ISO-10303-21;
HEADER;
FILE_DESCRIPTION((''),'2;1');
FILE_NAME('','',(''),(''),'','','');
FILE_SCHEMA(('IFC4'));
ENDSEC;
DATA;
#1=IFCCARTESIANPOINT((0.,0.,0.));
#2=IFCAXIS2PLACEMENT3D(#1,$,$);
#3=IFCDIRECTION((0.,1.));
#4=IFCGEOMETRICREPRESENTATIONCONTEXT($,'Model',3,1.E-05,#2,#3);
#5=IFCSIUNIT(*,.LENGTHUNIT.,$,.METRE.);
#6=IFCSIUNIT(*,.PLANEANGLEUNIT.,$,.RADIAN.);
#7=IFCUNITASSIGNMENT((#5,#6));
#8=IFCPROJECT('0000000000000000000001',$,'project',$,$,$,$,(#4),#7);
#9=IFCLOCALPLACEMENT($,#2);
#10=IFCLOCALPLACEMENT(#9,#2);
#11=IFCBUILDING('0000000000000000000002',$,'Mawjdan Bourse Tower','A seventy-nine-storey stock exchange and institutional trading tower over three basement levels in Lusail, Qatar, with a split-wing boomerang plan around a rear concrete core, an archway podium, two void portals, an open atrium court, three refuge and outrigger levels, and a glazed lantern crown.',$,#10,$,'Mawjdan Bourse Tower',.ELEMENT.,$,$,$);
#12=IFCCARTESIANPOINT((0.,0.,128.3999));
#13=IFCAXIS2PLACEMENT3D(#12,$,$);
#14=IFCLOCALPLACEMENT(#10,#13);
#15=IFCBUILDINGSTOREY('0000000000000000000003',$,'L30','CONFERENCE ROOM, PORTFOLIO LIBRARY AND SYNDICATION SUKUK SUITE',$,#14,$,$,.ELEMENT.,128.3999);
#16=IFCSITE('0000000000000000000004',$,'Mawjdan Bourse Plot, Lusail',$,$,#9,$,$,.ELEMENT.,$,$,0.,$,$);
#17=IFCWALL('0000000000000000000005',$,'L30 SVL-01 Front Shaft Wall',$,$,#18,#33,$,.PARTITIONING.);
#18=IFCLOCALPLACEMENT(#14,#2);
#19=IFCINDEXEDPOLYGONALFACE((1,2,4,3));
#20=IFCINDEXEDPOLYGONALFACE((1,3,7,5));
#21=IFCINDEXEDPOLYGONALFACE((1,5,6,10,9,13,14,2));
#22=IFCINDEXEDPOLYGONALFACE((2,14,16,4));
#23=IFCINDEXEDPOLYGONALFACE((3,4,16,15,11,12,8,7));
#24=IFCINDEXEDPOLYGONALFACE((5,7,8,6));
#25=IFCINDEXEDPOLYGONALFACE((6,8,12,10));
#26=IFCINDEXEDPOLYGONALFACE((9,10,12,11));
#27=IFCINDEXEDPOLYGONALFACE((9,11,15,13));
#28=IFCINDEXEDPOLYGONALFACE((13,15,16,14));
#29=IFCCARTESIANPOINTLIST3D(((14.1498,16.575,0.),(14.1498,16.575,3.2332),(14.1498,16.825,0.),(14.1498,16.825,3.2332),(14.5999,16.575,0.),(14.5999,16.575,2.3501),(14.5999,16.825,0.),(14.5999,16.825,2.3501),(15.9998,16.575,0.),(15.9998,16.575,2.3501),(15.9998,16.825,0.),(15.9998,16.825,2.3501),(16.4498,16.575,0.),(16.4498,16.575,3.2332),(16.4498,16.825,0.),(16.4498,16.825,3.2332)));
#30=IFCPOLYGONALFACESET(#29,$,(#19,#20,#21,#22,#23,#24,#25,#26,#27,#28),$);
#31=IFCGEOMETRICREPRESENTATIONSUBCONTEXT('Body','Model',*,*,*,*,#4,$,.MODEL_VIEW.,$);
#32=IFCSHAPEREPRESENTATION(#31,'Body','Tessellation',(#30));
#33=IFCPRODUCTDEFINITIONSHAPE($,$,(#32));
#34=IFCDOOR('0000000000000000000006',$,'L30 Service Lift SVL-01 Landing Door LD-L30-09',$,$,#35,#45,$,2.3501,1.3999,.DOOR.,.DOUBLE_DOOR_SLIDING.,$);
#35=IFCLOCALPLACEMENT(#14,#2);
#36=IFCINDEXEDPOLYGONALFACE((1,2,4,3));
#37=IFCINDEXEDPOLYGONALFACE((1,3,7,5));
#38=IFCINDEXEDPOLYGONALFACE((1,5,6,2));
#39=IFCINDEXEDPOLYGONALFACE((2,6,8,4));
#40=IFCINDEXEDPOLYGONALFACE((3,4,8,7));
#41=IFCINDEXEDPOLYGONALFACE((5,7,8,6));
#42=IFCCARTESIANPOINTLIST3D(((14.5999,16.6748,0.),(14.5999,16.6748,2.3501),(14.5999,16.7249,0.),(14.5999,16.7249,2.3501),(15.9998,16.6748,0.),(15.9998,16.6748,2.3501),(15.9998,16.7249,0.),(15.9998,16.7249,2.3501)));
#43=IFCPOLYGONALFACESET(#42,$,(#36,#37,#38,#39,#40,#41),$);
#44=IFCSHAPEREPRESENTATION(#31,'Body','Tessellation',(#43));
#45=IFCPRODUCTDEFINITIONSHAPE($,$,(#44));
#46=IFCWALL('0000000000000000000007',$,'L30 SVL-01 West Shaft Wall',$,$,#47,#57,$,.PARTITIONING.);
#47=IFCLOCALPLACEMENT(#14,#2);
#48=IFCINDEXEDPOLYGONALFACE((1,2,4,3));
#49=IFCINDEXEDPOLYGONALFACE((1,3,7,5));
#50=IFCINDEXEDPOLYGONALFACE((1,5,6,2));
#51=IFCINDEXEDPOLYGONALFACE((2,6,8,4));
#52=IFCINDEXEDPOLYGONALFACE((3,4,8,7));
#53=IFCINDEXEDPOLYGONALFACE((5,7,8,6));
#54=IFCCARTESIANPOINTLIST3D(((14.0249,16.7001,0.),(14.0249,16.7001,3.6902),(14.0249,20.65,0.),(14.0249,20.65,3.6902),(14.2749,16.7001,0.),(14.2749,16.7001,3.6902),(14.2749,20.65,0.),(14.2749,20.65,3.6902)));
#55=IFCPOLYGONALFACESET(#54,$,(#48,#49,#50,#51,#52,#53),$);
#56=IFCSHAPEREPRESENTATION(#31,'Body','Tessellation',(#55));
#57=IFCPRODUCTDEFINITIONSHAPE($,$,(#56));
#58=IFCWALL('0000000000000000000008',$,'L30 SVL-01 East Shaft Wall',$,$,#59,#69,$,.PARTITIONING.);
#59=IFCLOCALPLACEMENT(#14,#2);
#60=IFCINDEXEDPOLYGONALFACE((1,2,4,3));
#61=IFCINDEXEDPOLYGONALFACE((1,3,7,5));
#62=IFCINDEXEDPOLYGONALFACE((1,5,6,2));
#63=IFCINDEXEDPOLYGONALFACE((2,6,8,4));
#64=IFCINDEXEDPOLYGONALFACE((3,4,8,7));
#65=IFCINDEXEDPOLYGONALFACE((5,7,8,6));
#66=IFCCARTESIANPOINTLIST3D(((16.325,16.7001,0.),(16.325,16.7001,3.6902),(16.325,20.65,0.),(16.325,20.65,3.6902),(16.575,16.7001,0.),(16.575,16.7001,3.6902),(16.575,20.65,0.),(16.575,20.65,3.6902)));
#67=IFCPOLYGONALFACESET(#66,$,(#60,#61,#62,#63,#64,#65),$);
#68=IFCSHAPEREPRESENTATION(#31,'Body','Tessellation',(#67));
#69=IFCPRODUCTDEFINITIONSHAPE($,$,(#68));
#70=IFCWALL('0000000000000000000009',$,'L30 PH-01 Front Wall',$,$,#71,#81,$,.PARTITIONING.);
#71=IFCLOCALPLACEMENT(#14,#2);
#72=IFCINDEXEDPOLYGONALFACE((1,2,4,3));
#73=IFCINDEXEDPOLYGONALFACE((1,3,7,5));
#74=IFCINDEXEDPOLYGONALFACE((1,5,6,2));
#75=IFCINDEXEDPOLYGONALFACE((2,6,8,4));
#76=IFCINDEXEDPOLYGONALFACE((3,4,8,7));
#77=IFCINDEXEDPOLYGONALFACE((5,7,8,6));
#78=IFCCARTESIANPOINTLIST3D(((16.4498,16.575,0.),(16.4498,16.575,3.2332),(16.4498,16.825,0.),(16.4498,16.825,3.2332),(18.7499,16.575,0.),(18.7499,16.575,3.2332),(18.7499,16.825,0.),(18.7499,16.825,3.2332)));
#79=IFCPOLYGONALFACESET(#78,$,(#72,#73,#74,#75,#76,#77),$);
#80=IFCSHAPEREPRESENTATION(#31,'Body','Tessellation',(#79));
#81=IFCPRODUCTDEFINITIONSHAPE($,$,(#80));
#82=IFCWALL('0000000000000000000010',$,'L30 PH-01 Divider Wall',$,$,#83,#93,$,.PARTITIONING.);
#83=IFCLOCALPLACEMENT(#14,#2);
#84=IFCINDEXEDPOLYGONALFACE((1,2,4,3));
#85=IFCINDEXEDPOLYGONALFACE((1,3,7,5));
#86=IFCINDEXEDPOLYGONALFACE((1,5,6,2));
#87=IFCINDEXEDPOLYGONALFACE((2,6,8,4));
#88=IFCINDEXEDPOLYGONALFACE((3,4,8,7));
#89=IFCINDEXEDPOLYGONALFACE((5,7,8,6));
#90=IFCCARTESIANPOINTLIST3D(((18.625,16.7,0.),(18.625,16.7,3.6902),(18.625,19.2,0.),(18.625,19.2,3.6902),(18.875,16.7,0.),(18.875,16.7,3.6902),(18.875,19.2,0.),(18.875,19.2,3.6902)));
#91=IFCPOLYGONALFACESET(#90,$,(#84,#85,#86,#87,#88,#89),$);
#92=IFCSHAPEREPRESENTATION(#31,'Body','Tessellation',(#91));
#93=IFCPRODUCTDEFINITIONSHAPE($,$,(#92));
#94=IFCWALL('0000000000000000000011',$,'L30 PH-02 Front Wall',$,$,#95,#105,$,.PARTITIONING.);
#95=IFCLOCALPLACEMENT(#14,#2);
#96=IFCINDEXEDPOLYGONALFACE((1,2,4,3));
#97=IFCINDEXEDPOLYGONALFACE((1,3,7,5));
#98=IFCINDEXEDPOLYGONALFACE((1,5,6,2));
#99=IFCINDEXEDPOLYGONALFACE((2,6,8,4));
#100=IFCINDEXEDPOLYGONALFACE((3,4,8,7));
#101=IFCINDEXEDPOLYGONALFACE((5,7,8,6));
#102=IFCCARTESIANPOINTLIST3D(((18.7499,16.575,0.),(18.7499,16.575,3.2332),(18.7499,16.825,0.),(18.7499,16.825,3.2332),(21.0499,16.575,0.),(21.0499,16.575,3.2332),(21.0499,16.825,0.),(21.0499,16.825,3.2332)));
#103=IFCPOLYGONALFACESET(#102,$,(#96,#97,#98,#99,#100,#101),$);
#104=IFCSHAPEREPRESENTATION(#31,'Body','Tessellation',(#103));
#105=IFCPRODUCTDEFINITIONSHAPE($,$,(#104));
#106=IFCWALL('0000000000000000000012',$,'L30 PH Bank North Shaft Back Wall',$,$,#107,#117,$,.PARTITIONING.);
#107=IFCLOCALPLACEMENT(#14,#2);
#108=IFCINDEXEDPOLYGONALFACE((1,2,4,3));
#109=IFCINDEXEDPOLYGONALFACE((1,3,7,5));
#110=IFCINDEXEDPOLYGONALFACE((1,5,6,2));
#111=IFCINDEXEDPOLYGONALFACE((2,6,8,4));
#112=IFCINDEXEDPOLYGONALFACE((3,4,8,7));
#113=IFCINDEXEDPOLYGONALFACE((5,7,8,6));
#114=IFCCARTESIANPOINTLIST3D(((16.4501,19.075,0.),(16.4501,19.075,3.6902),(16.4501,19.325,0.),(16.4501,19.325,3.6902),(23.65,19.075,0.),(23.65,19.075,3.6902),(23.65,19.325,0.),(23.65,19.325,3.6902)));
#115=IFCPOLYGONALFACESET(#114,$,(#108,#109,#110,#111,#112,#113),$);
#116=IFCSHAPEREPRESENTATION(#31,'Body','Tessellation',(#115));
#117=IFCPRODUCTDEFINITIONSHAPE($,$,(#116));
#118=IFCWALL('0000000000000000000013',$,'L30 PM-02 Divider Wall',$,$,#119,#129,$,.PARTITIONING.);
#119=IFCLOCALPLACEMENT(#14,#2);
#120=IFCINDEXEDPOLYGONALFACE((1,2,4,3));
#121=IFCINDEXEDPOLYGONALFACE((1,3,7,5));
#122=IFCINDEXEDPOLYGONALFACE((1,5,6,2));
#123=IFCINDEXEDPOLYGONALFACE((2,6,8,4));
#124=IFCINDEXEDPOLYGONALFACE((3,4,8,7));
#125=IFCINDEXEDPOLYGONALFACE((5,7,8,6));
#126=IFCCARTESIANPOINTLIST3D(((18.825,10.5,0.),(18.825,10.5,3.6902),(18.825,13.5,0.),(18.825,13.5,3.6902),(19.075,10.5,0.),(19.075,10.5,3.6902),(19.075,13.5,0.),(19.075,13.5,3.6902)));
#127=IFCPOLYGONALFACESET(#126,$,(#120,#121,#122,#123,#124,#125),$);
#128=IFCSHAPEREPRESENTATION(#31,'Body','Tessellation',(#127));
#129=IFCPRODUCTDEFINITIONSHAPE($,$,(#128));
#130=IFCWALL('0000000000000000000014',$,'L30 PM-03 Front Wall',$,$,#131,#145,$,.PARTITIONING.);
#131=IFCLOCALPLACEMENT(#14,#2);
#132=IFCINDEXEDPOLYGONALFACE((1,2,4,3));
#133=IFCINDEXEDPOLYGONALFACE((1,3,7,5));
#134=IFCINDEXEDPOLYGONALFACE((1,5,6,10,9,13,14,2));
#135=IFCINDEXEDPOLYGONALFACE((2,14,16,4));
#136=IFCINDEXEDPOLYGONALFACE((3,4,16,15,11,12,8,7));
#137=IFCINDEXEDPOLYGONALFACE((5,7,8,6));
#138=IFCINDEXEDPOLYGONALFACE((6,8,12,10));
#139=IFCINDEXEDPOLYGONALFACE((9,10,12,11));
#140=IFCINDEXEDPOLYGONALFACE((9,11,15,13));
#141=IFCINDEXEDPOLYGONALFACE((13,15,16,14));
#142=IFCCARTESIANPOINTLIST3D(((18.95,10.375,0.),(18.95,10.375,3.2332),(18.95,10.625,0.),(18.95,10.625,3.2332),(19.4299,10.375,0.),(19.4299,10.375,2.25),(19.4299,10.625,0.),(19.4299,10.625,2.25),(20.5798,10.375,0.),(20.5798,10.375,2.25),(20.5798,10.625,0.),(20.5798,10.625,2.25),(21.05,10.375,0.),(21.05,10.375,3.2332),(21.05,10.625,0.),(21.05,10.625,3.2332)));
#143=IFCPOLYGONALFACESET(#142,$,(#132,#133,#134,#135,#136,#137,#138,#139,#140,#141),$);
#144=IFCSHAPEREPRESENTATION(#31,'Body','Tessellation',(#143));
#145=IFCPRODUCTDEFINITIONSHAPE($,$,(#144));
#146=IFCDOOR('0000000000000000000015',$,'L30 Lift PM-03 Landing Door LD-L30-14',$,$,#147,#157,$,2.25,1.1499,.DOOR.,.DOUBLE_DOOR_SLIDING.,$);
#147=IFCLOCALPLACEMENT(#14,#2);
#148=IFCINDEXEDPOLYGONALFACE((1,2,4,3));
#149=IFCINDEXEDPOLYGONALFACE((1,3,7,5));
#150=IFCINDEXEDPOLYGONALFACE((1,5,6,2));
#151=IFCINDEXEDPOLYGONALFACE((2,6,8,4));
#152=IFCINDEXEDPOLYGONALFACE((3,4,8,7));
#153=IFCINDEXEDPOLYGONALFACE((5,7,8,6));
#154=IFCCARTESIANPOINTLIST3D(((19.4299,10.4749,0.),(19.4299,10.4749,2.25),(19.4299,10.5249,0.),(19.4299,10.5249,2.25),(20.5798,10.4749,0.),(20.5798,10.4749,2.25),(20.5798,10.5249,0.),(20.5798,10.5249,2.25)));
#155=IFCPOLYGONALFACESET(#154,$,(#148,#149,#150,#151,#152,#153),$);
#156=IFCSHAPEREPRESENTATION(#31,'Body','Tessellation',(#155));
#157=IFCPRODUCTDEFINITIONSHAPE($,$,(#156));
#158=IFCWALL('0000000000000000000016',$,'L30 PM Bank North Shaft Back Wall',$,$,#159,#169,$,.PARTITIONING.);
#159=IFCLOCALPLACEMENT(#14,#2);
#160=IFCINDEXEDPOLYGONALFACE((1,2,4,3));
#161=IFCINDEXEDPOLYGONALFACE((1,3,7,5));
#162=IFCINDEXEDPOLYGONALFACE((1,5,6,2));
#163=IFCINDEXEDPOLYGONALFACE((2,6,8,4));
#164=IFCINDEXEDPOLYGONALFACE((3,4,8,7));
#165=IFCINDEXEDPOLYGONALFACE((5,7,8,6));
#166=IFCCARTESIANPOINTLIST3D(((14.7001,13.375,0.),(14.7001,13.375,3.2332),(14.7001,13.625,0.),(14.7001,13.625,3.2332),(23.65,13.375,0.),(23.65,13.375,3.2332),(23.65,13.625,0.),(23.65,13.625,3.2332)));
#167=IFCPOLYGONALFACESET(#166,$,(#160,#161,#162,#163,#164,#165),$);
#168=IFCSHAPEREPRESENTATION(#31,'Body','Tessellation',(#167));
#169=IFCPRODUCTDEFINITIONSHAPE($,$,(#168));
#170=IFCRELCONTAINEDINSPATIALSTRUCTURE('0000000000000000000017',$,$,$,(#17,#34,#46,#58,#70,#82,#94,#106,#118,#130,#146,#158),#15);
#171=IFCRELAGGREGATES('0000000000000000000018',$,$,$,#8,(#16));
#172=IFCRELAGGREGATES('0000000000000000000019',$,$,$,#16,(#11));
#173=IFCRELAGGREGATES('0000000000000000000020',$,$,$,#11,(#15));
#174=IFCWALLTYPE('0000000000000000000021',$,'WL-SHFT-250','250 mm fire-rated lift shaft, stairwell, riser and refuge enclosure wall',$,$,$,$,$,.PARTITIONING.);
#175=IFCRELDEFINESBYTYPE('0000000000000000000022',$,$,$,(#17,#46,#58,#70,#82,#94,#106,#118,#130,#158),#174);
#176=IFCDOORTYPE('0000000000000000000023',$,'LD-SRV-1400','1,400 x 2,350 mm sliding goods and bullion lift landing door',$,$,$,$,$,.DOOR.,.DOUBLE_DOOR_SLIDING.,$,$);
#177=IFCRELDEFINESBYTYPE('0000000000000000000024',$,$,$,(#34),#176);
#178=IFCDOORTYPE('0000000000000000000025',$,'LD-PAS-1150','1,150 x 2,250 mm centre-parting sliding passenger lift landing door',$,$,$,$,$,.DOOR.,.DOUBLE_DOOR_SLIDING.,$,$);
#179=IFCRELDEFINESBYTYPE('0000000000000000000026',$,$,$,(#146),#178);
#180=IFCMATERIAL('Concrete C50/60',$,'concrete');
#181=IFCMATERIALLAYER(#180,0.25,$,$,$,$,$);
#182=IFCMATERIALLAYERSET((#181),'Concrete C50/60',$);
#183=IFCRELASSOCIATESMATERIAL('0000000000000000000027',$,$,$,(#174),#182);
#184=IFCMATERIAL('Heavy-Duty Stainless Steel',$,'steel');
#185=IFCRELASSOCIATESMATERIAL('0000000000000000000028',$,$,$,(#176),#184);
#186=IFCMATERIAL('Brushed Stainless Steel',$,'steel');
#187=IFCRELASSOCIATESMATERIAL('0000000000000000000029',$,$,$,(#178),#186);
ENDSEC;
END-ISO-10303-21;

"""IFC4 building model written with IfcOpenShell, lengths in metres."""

from ifc_helpers import new_model, si_unit, direction, frame, frame_2d, origin, place, context, subcontext, project, spatial, rectangle, extrude, material, layer, layer_set, type_object, element, fill, save


model = new_model("IFC4")

# Units and contexts
model_context = context("Model", 3, precision=1e-05, world=origin(), true_north=direction((0.0, 1.0)))
body_context = subcontext(model_context, "Body", "Model", "MODEL_VIEW")
ifc_project = project(units=[si_unit("LENGTHUNIT", "METRE"), si_unit("PLANEANGLEUNIT", "RADIAN")], contexts=[model_context])

# Site, building, storey
site_placement = place(None, origin())
site = spatial("IfcSite", under=ifc_project, at=site_placement, Name="Mawjdan Bourse Plot, Lusail", CompositionType="ELEMENT", RefElevation=0.0)
building_placement = place(site_placement, origin())
building = spatial("IfcBuilding", under=site, at=building_placement, Name="Mawjdan Bourse Tower", Description="A seventy-nine-storey stock exchange and institutional trading tower over three basement levels in Lusail, Qatar, with a split-wing boomerang plan around a rear concrete core, an archway podium, two void portals, an open atrium court, three refuge and outrigger levels, and a glazed lantern crown.", LongName="Mawjdan Bourse Tower", CompositionType="ELEMENT")
storey_placement = place(building_placement, frame((0.0, 0.0, 128.3999)))
storey = spatial("IfcBuildingStorey", under=building, at=storey_placement, Name="L30", Description="CONFERENCE ROOM, PORTFOLIO LIBRARY AND SYNDICATION SUKUK SUITE", CompositionType="ELEMENT", Elevation=128.3999)

# Shared definitions
ifc_material_1 = material(Name="Concrete C50/60", Category="concrete")
ifc_layer_1 = layer(ifc_material_1, 0.25)
ifc_layer_set_1 = layer_set([ifc_layer_1], Name="Concrete C50/60")
wall_type_1 = type_object("IfcWallType", Name="WL-SHFT-250", Description="250 mm fire-rated lift shaft, stairwell, riser and refuge enclosure wall", PredefinedType="PARTITIONING", material=ifc_layer_set_1)

# Wall, opening, door
wall_1_placement = place(storey_placement, frame((14.1499, 16.7, 0.0), z_axis=(0.0, 0.0, 1.0), x_axis=(1.0, 0.0, 0.0)))
wall_1 = element("IfcWall", 1, at=wall_1_placement, inside=storey, type_object=wall_type_1, Name="L30 SVL-01 Front Shaft Wall", PredefinedType="PARTITIONING", context=body_context, shape_type="SweptSolid", body=[
    extrude(rectangle(XDim=2.3, YDim=0.25, at=frame_2d((1.1499, 0.0))), origin(), (0.0, 0.0, 1.0), 3.2332),
])
opening_1_placement = place(wall_1_placement, frame((0.45, 0.0, 0.0)))
opening_1 = element("IfcOpeningElement", 2, at=opening_1_placement, cuts=wall_1, PredefinedType="OPENING", context=body_context, shape_type="SweptSolid", body=[
    extrude(rectangle(XDim=1.3999, YDim=2.3501, at=frame_2d((0.7, 1.175))), frame((0.0, 0.135, 0.0), z_axis=(0.0, -1.0, 0.0), x_axis=(1.0, 0.0, 0.0)), (0.0, 0.0, 1.0), 0.27),
])
ifc_material_2 = material(Name="Heavy-Duty Stainless Steel", Category="steel")
door_type_1 = type_object("IfcDoorType", Name="LD-SRV-1400", Description="1,400 x 2,350 mm sliding goods and bullion lift landing door", OperationType="DOUBLE_DOOR_SLIDING", PredefinedType="DOOR", material=ifc_material_2)
door_1_placement = place(opening_1_placement, origin())
door_1 = element("IfcDoor", 3, at=door_1_placement, inside=storey, type_object=door_type_1, Name="L30 Service Lift SVL-01 Landing Door LD-L30-09", OperationType="DOUBLE_DOOR_SLIDING", OverallHeight=2.3501, OverallWidth=1.3999, PredefinedType="DOOR", context=body_context, shape_type="SweptSolid", body=[
    extrude(rectangle(XDim=1.3999, YDim=2.3501, at=frame_2d((0.7, 1.175))), frame((0.0, 0.0249, 0.0), z_axis=(0.0, -1.0, 0.0), x_axis=(1.0, 0.0, 0.0)), (0.0, 0.0, 1.0), 0.05),
])
fill(opening_1, door_1)

# Walls
for number, where, z_axis, x_axis, name in (
    (4, (14.1499, 16.7, 0.0), (0.0, 0.0, 1.0), (0.0, 1.0, 0.0), "L30 SVL-01 West Shaft Wall"),
    (5, (16.45, 16.7, 0.0), (0.0, 0.0, 1.0), (0.0, 1.0, 0.0), "L30 SVL-01 East Shaft Wall"),
):
    element("IfcWall", number, at=place(storey_placement, frame(where, z_axis=z_axis, x_axis=x_axis)), inside=storey, type_object=wall_type_1, Name=name, PredefinedType="PARTITIONING", context=body_context, shape_type="SweptSolid", body=[
        extrude(rectangle(XDim=3.95, YDim=0.25, at=frame_2d((1.9751, 0.0))), origin(), (0.0, 0.0, 1.0), 3.6902),
    ])
wall_2_placement = place(storey_placement, frame((16.45, 16.7, 0.0), z_axis=(0.0, 0.0, 1.0), x_axis=(1.0, 0.0, 0.0)))
element("IfcWall", 6, at=wall_2_placement, inside=storey, type_object=wall_type_1, Name="L30 PH-01 Front Wall", PredefinedType="PARTITIONING", context=body_context, shape_type="SweptSolid", body=[
    extrude(rectangle(XDim=2.3, YDim=0.25, at=frame_2d((1.1499, 0.0))), origin(), (0.0, 0.0, 1.0), 3.2332),
])
wall_3_placement = place(storey_placement, frame((18.75, 16.7, 0.0), z_axis=(0.0, 0.0, 1.0), x_axis=(0.0, 1.0, 0.0)))
element("IfcWall", 7, at=wall_3_placement, inside=storey, type_object=wall_type_1, Name="L30 PH-01 Divider Wall", PredefinedType="PARTITIONING", context=body_context, shape_type="SweptSolid", body=[
    extrude(rectangle(XDim=2.5, YDim=0.25, at=frame_2d((1.25, 0.0))), origin(), (0.0, 0.0, 1.0), 3.6902),
])
wall_4_placement = place(storey_placement, frame((18.75, 16.7, 0.0), z_axis=(0.0, 0.0, 1.0), x_axis=(1.0, 0.0, 0.0)))
element("IfcWall", 8, at=wall_4_placement, inside=storey, type_object=wall_type_1, Name="L30 PH-02 Front Wall", PredefinedType="PARTITIONING", context=body_context, shape_type="SweptSolid", body=[
    extrude(rectangle(XDim=2.3, YDim=0.25, at=frame_2d((1.1499, 0.0))), origin(), (0.0, 0.0, 1.0), 3.2332),
])
wall_5_placement = place(storey_placement, frame((16.45, 19.2, 0.0), z_axis=(0.0, 0.0, 1.0), x_axis=(1.0, 0.0, 0.0)))
element("IfcWall", 9, at=wall_5_placement, inside=storey, type_object=wall_type_1, Name="L30 PH Bank North Shaft Back Wall", PredefinedType="PARTITIONING", context=body_context, shape_type="SweptSolid", body=[
    extrude(rectangle(XDim=7.2, YDim=0.25, at=frame_2d((3.6001, 0.0))), origin(), (0.0, 0.0, 1.0), 3.6902),
])
wall_6_placement = place(storey_placement, frame((18.95, 10.5, 0.0), z_axis=(0.0, 0.0, 1.0), x_axis=(0.0, 1.0, 0.0)))
element("IfcWall", 10, at=wall_6_placement, inside=storey, type_object=wall_type_1, Name="L30 PM-02 Divider Wall", PredefinedType="PARTITIONING", context=body_context, shape_type="SweptSolid", body=[
    extrude(rectangle(XDim=3.0, YDim=0.25, at=frame_2d((1.5, 0.0))), origin(), (0.0, 0.0, 1.0), 3.6902),
])

# Wall, opening, door
wall_7_placement = place(storey_placement, frame((18.95, 10.5, 0.0), z_axis=(0.0, 0.0, 1.0), x_axis=(1.0, 0.0, 0.0)))
wall_7 = element("IfcWall", 11, at=wall_7_placement, inside=storey, type_object=wall_type_1, Name="L30 PM-03 Front Wall", PredefinedType="PARTITIONING", context=body_context, shape_type="SweptSolid", body=[
    extrude(rectangle(XDim=2.1001, YDim=0.25, at=frame_2d((1.05, 0.0))), origin(), (0.0, 0.0, 1.0), 3.2332),
])
opening_2_placement = place(wall_7_placement, frame((0.48, 0.0, 0.0)))
opening_2 = element("IfcOpeningElement", 12, at=opening_2_placement, cuts=wall_7, PredefinedType="OPENING", context=body_context, shape_type="SweptSolid", body=[
    extrude(rectangle(XDim=1.1499, YDim=2.25, at=frame_2d((0.575, 1.125))), frame((0.0, 0.135, 0.0), z_axis=(0.0, -1.0, 0.0), x_axis=(1.0, 0.0, 0.0)), (0.0, 0.0, 1.0), 0.27),
])
ifc_material_3 = material(Name="Brushed Stainless Steel", Category="steel")
door_type_2 = type_object("IfcDoorType", Name="LD-PAS-1150", Description="1,150 x 2,250 mm centre-parting sliding passenger lift landing door", OperationType="DOUBLE_DOOR_SLIDING", PredefinedType="DOOR", material=ifc_material_3)
door_2_placement = place(opening_2_placement, origin())
door_2 = element("IfcDoor", 13, at=door_2_placement, inside=storey, type_object=door_type_2, Name="L30 Lift PM-03 Landing Door LD-L30-14", OperationType="DOUBLE_DOOR_SLIDING", OverallHeight=2.25, OverallWidth=1.1499, PredefinedType="DOOR", context=body_context, shape_type="SweptSolid", body=[
    extrude(rectangle(XDim=1.1499, YDim=2.25, at=frame_2d((0.575, 1.125))), frame((0.0, 0.0249, 0.0), z_axis=(0.0, -1.0, 0.0), x_axis=(1.0, 0.0, 0.0)), (0.0, 0.0, 1.0), 0.05),
])
fill(opening_2, door_2)

# Wall
wall_8_placement = place(storey_placement, frame((14.7, 13.5, 0.0), z_axis=(0.0, 0.0, 1.0), x_axis=(1.0, 0.0, 0.0)))
element("IfcWall", 14, at=wall_8_placement, inside=storey, type_object=wall_type_1, Name="L30 PM Bank North Shaft Back Wall", PredefinedType="PARTITIONING", context=body_context, shape_type="SweptSolid", body=[
    extrude(rectangle(XDim=8.95, YDim=0.25, at=frame_2d((4.4751, 0.0))), origin(), (0.0, 0.0, 1.0), 3.2332),
])

save(model, "model.ifc")
